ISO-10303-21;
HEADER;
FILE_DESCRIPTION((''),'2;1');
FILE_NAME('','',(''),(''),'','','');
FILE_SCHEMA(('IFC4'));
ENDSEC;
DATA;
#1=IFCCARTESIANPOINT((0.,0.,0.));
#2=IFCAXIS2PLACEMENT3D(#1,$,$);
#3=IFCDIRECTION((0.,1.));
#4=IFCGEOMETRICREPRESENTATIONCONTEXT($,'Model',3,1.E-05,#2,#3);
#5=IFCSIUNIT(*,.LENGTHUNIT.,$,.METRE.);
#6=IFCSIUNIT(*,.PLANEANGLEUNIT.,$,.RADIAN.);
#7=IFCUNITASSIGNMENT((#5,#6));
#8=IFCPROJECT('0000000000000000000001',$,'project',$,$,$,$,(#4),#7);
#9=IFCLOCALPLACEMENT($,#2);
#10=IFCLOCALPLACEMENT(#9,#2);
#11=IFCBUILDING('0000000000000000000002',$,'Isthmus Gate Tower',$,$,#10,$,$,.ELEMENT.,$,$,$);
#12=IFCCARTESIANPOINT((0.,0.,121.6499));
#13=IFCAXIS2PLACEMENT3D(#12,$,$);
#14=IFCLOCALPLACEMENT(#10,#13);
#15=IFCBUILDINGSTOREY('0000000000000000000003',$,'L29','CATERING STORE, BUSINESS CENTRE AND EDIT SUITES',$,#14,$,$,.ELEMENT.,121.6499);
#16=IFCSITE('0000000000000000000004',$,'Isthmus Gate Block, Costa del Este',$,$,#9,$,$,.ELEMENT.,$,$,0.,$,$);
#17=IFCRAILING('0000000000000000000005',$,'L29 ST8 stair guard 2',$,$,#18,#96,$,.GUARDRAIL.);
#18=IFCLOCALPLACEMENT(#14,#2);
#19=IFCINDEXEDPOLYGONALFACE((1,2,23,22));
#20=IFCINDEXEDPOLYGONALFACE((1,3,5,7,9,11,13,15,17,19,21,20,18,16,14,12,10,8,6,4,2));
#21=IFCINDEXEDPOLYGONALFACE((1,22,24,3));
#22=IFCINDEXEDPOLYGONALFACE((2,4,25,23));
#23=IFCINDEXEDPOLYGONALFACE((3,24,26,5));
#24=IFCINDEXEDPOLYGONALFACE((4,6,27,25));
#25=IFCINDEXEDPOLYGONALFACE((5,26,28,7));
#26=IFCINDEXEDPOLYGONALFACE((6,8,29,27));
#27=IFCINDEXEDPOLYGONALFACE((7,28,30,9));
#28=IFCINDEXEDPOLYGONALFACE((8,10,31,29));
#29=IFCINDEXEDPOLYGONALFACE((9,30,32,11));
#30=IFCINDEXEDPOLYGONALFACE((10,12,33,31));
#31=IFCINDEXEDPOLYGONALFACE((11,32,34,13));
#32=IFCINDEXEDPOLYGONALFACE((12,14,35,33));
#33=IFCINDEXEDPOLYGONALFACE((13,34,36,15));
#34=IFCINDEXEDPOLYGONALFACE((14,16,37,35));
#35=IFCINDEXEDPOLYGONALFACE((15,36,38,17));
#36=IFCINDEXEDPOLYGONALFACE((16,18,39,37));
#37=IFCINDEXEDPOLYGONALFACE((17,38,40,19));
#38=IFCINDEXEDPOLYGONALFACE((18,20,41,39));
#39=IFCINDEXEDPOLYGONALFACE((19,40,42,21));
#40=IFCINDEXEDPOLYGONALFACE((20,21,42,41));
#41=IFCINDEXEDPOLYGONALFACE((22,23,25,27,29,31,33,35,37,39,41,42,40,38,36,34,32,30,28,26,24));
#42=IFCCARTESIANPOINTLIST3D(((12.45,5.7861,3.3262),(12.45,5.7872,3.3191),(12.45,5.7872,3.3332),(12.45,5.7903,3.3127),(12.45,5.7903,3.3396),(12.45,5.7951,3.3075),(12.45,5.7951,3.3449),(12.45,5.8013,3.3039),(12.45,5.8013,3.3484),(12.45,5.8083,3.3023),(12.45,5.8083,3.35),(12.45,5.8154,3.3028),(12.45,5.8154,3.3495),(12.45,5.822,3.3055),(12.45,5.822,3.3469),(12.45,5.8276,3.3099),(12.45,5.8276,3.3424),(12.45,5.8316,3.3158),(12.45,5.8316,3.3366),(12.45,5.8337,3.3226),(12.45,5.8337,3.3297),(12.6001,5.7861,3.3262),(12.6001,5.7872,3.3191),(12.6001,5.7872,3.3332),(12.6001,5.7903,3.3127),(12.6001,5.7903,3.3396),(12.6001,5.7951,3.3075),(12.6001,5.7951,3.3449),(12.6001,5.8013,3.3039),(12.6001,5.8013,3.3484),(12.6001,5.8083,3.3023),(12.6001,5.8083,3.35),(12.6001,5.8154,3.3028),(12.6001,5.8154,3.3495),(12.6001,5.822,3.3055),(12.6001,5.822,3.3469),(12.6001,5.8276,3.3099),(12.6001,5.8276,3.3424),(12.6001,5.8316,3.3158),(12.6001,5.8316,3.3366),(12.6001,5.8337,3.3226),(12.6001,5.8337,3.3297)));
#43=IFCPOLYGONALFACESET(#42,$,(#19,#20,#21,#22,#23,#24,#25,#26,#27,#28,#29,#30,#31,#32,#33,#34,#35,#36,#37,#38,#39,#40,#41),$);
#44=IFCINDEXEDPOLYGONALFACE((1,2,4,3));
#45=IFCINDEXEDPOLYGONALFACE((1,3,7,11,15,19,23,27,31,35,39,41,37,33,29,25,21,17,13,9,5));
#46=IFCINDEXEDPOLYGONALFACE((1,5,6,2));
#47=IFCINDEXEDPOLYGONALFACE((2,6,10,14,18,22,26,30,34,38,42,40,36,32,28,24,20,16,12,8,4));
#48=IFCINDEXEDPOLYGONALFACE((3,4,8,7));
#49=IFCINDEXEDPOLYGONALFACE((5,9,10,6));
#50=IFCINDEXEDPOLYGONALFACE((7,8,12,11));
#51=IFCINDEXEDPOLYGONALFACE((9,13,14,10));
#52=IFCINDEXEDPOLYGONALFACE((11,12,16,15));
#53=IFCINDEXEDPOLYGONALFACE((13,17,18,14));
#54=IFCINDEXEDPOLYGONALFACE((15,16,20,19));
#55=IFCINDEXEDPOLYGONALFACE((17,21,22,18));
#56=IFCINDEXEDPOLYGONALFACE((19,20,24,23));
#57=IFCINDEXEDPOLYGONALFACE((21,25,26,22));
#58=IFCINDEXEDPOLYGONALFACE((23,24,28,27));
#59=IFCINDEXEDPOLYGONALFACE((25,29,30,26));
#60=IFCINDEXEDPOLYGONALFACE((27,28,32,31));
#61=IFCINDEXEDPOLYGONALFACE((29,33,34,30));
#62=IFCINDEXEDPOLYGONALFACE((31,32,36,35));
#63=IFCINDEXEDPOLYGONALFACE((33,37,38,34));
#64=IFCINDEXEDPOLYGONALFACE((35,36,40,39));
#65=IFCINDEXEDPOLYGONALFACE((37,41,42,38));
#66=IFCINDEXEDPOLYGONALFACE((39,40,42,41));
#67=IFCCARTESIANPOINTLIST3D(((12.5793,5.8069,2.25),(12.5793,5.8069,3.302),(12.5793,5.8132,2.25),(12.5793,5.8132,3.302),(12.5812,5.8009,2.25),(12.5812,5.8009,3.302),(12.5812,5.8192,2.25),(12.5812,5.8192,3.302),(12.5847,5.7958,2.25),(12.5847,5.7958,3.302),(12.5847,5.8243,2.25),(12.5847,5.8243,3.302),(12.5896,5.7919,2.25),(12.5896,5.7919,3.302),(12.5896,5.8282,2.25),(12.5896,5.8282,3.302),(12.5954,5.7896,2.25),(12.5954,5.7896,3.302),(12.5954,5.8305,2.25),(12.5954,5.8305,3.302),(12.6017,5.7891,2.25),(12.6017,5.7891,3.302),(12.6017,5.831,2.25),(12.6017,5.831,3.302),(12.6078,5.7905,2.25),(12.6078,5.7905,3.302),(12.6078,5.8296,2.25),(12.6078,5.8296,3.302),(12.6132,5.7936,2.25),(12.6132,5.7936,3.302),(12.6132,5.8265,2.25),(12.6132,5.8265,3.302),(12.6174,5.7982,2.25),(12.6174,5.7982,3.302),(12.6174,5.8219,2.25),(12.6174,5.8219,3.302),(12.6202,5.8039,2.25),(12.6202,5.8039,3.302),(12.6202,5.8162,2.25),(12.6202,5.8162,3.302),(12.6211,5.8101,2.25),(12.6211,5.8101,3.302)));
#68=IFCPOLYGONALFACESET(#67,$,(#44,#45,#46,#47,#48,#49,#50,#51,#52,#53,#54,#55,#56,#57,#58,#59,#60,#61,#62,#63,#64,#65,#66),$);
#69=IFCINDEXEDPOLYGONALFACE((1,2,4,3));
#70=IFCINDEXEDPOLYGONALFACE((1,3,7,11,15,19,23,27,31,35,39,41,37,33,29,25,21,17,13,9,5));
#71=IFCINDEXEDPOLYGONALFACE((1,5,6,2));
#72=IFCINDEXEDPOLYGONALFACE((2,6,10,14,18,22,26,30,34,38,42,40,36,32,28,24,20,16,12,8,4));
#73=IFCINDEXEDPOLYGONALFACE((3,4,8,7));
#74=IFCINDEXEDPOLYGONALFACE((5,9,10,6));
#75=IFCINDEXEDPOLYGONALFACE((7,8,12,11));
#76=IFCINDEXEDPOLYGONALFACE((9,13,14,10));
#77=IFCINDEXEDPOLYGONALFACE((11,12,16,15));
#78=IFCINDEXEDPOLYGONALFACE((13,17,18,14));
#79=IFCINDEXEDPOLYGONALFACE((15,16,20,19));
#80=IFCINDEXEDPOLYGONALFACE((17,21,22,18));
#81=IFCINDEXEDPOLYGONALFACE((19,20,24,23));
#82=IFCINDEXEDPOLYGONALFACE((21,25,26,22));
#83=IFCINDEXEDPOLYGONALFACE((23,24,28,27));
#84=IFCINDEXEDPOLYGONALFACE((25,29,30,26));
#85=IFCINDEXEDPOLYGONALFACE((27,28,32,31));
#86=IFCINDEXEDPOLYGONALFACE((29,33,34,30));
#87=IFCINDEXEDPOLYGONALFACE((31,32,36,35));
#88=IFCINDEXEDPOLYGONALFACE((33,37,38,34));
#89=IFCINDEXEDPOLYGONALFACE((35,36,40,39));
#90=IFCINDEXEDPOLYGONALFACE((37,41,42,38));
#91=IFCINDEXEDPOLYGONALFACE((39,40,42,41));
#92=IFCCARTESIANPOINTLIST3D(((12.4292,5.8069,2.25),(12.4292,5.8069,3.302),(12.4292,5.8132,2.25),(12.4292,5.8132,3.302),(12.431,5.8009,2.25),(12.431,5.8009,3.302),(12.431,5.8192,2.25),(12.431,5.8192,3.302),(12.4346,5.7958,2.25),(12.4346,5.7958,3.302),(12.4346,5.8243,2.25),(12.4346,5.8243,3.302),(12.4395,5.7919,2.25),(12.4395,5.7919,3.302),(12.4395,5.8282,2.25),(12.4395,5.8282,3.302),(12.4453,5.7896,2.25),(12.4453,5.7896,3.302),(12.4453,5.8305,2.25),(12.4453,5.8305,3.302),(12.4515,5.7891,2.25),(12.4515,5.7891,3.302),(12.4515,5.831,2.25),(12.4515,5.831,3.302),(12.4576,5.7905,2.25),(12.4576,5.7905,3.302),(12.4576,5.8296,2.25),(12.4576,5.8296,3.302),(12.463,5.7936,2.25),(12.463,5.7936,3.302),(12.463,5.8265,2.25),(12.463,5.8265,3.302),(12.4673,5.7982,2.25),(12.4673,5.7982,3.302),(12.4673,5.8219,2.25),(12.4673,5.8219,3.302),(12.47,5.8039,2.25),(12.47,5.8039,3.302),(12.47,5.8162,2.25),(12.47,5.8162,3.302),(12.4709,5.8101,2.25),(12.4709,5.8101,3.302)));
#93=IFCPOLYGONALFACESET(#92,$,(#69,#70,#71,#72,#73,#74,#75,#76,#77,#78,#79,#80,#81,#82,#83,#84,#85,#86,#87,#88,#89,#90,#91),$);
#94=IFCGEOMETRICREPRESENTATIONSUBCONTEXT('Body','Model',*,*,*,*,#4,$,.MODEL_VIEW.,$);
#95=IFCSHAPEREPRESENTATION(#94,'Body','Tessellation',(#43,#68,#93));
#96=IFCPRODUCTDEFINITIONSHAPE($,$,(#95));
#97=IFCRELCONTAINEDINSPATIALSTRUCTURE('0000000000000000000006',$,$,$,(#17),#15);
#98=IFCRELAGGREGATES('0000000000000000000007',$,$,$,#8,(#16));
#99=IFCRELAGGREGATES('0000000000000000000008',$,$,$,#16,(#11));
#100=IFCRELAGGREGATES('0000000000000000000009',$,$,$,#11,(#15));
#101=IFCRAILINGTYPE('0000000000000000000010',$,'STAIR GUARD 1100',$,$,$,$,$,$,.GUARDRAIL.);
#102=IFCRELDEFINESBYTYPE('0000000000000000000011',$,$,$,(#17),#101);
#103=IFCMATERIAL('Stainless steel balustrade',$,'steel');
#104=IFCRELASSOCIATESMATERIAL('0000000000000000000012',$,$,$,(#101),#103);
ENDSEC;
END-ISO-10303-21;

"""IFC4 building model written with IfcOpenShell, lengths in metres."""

from ifc_helpers import new_model, si_unit, direction, frame, origin, origin_2d, place, context, subcontext, project, spatial, circle, extrude, material, type_object, element, save


model = new_model("IFC4")

# Units and contexts
model_context = context("Model", 3, precision=1e-05, world=origin(), true_north=direction((0.0, 1.0)))
body_context = subcontext(model_context, "Body", "Model", "MODEL_VIEW")
ifc_project = project(units=[si_unit("LENGTHUNIT", "METRE"), si_unit("PLANEANGLEUNIT", "RADIAN")], contexts=[model_context])

# Site, building, storey
site_placement = place(None, origin())
site = spatial("IfcSite", under=ifc_project, at=site_placement, Name="Isthmus Gate Block, Costa del Este", CompositionType="ELEMENT", RefElevation=0.0)
building_placement = place(site_placement, origin())
building = spatial("IfcBuilding", under=site, at=building_placement, Name="Isthmus Gate Tower", CompositionType="ELEMENT")
storey_placement = place(building_placement, frame((0.0, 0.0, 121.6499)))
storey = spatial("IfcBuildingStorey", under=building, at=storey_placement, Name="L29", Description="CATERING STORE, BUSINESS CENTRE AND EDIT SUITES", CompositionType="ELEMENT", Elevation=121.6499)

# Railing
ifc_material_1 = material(Name="Stainless steel balustrade", Category="steel")
railing_type_1 = type_object("IfcRailingType", Name="STAIR GUARD 1100", PredefinedType="GUARDRAIL", material=ifc_material_1)
railing_1_placement = place(storey_placement, frame((12.6001, 5.8101, 2.25)))
element("IfcRailing", 1, at=railing_1_placement, inside=storey, type_object=railing_type_1, Name="L29 ST8 stair guard 2", PredefinedType="GUARDRAIL", context=body_context, shape_type="SweptSolid", body=[
    extrude(circle(Radius=0.0239, at=origin_2d()), frame((0.0, 0.0, 1.0762), z_axis=(-1.0, 0.0, 0.0), x_axis=(0.0, -1.0, 0.0)), (0.0, 0.0, 1.0), 0.1501),
    extrude(circle(Radius=0.021, at=origin_2d()), origin(), (0.0, 0.0, 1.0), 1.052),
    extrude(circle(Radius=0.021, at=origin_2d()), frame((-0.1501, 0.0, 0.0)), (0.0, 0.0, 1.0), 1.052),
])

save(model, "model.ifc")
